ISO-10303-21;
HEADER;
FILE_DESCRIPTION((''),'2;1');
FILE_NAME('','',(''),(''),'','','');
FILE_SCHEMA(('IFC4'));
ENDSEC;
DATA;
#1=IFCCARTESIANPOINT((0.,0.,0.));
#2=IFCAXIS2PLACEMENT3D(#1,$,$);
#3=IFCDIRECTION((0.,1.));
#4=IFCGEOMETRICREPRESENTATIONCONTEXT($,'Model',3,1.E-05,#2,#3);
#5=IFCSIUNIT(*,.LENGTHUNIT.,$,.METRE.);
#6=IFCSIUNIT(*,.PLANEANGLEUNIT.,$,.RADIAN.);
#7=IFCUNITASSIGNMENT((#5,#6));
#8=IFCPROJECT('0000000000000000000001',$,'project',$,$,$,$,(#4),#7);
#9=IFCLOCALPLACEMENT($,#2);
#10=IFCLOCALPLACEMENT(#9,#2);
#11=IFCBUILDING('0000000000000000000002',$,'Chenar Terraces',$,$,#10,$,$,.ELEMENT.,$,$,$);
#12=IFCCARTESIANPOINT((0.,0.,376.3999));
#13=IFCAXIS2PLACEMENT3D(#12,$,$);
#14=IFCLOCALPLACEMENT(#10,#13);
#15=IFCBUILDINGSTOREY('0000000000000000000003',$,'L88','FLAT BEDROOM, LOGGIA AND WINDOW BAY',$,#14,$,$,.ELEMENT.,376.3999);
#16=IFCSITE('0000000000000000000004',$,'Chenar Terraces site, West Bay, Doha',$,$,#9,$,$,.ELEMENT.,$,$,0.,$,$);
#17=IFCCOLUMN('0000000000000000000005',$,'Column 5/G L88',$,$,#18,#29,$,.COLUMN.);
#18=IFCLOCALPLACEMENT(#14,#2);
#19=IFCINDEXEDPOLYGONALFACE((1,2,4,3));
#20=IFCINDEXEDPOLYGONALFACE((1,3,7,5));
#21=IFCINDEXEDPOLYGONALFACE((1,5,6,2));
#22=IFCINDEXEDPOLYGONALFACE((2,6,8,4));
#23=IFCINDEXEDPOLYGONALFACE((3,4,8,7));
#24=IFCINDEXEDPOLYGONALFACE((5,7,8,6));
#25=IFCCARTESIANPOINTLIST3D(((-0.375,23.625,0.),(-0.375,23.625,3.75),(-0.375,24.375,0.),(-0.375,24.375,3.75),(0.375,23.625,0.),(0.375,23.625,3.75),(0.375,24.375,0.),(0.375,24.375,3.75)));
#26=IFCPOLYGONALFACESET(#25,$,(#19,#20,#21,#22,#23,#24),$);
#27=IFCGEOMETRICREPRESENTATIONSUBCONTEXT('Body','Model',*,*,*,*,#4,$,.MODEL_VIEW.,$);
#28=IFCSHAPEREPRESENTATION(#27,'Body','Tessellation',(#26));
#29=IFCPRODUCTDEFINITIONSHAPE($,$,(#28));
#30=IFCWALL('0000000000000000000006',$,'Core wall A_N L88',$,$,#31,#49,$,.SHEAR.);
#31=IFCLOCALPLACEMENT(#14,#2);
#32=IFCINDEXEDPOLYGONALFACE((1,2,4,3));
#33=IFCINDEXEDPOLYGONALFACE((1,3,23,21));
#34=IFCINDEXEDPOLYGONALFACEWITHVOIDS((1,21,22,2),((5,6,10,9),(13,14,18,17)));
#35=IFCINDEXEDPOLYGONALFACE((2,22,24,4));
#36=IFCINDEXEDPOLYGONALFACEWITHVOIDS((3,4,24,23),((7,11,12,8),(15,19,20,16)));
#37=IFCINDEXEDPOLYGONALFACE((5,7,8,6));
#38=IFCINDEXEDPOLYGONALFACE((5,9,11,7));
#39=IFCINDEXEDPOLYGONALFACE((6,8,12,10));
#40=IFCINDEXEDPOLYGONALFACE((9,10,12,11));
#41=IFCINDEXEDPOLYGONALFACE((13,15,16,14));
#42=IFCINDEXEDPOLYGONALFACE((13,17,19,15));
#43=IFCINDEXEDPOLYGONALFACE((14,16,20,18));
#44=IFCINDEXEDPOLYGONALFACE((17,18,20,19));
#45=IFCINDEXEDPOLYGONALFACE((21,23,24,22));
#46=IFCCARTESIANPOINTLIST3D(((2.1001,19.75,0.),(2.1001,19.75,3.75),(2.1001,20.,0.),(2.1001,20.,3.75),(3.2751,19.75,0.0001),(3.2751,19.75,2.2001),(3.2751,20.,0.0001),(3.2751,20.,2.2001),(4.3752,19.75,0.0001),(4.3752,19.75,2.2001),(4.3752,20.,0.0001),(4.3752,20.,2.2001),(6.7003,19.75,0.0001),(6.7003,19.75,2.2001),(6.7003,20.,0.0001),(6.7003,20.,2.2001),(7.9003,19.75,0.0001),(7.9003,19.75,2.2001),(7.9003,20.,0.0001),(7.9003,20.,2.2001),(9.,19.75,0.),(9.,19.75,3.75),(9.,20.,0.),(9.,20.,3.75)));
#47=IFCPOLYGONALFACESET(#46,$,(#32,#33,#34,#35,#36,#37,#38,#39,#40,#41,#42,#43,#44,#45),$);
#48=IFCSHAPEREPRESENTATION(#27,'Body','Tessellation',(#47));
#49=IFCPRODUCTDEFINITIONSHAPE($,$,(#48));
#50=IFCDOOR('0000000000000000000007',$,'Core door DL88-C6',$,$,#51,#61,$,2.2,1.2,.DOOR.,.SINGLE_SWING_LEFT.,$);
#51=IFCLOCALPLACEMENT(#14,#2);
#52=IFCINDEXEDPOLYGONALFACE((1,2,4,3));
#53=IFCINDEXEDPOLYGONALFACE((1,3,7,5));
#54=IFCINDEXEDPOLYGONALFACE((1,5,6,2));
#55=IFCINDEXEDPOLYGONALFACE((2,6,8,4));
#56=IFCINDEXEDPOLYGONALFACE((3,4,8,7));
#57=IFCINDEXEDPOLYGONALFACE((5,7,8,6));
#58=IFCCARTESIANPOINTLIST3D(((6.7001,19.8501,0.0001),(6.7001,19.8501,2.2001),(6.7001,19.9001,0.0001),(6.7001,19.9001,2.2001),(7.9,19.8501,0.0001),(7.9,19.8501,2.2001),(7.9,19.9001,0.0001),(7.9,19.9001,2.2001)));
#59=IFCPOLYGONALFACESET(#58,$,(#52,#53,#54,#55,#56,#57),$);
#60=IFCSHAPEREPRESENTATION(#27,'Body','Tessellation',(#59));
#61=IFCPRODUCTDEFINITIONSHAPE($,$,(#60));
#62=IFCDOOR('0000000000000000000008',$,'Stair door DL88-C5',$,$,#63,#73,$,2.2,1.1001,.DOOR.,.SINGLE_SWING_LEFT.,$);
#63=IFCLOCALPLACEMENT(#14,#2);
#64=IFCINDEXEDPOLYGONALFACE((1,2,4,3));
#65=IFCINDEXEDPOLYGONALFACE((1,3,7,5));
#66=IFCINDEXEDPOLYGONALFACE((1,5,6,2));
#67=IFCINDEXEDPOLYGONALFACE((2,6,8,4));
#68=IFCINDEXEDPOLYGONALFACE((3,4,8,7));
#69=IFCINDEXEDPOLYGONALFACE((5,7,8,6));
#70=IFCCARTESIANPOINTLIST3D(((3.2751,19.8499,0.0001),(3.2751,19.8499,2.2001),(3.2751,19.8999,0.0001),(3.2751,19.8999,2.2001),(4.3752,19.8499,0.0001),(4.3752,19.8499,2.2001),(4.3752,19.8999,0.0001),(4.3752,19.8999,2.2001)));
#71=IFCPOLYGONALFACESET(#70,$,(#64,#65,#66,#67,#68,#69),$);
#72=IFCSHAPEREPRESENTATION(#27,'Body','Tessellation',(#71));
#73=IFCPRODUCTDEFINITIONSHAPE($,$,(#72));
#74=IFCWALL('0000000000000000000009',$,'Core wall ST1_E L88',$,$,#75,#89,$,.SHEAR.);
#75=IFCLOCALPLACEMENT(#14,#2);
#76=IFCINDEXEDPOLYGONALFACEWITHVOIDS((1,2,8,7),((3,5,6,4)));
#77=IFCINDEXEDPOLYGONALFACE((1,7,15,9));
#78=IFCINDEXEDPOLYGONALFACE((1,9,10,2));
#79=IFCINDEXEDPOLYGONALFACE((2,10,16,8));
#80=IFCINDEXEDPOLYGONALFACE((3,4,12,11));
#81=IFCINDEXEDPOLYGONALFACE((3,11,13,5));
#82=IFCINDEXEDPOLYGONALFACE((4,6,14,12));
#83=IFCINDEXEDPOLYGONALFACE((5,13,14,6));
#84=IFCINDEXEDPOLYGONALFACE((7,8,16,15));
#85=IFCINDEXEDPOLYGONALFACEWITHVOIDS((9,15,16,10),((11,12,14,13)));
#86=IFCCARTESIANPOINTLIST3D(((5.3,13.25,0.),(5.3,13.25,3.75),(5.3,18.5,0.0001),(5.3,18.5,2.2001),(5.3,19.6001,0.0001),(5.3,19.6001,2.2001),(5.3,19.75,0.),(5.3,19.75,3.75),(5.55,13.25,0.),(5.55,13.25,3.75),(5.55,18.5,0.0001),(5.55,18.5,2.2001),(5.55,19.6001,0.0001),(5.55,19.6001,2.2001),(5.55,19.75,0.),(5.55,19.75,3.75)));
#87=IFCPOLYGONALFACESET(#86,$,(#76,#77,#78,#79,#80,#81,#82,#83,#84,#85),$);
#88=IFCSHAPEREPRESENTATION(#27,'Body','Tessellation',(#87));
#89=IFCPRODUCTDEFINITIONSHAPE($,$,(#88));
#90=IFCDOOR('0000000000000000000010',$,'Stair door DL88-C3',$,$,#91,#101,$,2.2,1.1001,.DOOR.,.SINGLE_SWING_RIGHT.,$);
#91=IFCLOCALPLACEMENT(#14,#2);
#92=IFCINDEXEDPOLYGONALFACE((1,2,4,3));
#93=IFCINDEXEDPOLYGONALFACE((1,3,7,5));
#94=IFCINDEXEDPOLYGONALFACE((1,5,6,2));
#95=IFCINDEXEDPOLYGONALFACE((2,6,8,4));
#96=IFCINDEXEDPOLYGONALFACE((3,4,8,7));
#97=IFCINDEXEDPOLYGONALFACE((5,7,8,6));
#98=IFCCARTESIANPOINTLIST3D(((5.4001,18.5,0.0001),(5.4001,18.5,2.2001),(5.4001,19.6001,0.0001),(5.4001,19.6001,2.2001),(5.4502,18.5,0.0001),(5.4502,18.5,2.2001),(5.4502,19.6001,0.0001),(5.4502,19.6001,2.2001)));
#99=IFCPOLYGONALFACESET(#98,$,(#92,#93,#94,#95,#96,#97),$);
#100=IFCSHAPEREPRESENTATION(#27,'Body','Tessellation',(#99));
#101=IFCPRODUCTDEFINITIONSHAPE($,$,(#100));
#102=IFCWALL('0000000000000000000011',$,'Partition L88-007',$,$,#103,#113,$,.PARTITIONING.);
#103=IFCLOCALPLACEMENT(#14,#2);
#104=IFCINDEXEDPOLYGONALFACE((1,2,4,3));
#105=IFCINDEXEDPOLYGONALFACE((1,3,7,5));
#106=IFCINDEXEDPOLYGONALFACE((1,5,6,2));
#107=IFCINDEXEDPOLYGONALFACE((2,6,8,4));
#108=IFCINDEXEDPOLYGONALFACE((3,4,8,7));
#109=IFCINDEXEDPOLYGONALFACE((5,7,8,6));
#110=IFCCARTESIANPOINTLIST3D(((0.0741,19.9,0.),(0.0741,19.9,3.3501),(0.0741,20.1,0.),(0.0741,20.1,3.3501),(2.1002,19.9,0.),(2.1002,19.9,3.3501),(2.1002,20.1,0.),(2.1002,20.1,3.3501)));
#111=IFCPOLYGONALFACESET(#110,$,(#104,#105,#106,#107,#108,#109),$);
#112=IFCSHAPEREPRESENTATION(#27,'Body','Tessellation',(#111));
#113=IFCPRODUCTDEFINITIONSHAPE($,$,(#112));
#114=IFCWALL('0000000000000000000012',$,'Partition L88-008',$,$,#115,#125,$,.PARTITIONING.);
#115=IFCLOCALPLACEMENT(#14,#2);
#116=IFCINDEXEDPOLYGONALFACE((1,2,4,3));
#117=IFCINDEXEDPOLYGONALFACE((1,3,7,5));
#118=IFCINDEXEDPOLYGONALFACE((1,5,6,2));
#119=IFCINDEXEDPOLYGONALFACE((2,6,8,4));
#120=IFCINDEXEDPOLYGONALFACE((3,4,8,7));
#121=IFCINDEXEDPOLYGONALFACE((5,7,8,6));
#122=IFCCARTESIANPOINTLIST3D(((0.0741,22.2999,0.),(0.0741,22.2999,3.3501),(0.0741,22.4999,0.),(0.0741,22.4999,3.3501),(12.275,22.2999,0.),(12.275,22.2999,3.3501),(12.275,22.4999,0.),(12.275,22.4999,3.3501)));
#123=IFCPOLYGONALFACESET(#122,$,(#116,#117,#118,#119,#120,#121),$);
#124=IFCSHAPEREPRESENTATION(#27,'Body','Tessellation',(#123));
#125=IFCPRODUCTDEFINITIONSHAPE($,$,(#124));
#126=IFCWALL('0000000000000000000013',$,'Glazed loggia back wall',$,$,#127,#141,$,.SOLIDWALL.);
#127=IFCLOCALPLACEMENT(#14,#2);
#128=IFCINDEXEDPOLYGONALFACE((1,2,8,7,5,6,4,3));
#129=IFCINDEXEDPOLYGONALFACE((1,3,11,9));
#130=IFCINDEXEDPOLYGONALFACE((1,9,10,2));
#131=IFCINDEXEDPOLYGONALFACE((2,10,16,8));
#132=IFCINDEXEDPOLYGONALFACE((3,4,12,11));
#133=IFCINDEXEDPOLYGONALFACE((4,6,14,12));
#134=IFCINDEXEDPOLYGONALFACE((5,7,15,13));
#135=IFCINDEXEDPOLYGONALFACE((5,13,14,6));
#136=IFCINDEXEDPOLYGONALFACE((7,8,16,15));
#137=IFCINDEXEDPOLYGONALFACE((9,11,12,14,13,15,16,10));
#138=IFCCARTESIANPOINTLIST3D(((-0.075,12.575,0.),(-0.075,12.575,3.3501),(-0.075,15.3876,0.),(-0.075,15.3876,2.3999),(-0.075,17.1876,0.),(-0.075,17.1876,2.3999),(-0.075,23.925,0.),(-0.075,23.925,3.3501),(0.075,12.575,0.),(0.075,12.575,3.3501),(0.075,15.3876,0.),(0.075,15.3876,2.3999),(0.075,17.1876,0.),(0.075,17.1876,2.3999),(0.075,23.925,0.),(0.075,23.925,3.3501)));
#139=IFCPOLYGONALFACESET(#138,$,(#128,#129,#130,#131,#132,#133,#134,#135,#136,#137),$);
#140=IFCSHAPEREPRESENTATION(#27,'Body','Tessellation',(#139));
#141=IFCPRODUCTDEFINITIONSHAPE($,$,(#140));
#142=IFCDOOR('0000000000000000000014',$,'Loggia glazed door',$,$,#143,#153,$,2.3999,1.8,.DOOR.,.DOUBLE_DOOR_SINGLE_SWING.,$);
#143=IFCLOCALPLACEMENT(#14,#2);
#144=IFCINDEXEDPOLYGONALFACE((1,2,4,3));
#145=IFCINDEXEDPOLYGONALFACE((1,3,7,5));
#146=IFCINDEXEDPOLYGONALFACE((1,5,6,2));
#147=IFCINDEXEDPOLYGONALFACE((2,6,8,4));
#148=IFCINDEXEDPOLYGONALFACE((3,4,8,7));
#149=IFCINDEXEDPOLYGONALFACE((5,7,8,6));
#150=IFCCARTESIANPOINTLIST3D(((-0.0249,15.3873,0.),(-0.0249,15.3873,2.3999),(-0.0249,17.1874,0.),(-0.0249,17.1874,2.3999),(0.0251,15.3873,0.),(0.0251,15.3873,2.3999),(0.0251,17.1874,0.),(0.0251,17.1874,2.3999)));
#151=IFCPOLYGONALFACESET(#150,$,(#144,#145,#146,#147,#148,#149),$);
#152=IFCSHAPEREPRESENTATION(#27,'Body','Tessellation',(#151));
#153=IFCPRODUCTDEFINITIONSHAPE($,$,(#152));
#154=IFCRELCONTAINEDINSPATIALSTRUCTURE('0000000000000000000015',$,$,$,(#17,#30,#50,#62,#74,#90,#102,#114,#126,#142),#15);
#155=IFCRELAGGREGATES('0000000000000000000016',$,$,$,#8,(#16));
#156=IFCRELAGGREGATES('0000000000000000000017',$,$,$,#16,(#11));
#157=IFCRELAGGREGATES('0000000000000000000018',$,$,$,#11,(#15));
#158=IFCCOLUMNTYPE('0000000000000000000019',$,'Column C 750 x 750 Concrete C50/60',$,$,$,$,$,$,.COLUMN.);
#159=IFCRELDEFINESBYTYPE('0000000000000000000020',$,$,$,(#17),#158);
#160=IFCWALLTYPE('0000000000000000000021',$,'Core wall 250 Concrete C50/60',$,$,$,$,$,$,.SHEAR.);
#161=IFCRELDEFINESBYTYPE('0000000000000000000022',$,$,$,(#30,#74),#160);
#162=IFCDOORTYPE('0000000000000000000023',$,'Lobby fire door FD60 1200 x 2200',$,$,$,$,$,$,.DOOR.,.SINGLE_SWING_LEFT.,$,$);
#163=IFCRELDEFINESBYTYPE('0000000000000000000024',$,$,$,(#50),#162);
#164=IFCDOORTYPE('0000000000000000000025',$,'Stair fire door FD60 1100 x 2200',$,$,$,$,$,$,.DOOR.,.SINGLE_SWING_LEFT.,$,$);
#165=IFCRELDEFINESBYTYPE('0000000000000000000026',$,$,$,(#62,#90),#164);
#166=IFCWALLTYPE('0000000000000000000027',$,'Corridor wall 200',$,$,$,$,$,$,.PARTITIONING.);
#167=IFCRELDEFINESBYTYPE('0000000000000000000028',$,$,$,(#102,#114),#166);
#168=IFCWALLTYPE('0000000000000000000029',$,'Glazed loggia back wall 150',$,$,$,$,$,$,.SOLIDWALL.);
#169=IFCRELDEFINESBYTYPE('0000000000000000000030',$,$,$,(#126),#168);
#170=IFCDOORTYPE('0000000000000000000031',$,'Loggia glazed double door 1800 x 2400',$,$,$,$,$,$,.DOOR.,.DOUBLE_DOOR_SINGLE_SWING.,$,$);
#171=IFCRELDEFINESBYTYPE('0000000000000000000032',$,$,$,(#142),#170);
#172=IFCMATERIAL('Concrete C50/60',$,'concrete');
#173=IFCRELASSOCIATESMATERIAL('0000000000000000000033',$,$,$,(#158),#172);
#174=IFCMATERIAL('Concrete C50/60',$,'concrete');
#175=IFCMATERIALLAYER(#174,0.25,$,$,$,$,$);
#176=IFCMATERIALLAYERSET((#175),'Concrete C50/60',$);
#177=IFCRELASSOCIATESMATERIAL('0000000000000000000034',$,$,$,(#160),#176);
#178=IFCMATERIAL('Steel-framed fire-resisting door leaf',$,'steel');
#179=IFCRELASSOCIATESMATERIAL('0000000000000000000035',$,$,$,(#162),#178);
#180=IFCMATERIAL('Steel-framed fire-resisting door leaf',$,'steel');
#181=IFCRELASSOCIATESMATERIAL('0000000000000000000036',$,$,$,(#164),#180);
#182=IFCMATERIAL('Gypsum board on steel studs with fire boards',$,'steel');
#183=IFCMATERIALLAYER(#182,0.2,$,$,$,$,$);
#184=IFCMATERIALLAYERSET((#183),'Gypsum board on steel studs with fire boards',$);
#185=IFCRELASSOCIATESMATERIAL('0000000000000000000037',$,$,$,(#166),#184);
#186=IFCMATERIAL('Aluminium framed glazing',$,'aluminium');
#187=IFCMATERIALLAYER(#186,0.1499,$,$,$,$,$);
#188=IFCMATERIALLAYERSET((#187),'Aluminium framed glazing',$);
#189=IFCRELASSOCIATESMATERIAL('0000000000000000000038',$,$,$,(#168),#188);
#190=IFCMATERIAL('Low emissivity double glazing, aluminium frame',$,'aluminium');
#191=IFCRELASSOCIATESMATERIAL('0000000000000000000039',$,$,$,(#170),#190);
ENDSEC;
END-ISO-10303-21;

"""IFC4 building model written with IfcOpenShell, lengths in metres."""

from ifc_helpers import new_model, si_unit, direction, frame, frame_2d, origin, origin_2d, place, context, subcontext, project, spatial, rectangle, extrude, material, layer, layer_set, material_profile, profile_set, type_object, element, fill, save


model = new_model("IFC4")

# Units and contexts
model_context = context("Model", 3, precision=1e-05, world=origin(), true_north=direction((0.0, 1.0)))
body_context = subcontext(model_context, "Body", "Model", "MODEL_VIEW")
ifc_project = project(units=[si_unit("LENGTHUNIT", "METRE"), si_unit("PLANEANGLEUNIT", "RADIAN")], contexts=[model_context])

# Site, building, storey
site_placement = place(None, origin())
site = spatial("IfcSite", under=ifc_project, at=site_placement, Name="Chenar Terraces site, West Bay, Doha", CompositionType="ELEMENT", RefElevation=0.0)
building_placement = place(site_placement, origin())
building = spatial("IfcBuilding", under=site, at=building_placement, Name="Chenar Terraces", CompositionType="ELEMENT")
storey_placement = place(building_placement, frame((0.0, 0.0, 376.3999)))
storey = spatial("IfcBuildingStorey", under=building, at=storey_placement, Name="L88", Description="FLAT BEDROOM, LOGGIA AND WINDOW BAY", CompositionType="ELEMENT", Elevation=376.3999)

# Column
ifc_material_1 = material(Name="Concrete C50/60", Category="concrete")
ifc_material_profile_1 = material_profile(ifc_material_1, rectangle(XDim=0.75, YDim=0.75, at=origin_2d()), Name="C 750 x 750")
ifc_profile_set_1 = profile_set([ifc_material_profile_1], Name="Concrete C50/60")
column_type = type_object("IfcColumnType", Name="Column C 750 x 750 Concrete C50/60", PredefinedType="COLUMN", material=ifc_profile_set_1)
column_placement = place(storey_placement, frame((0.0, 24.0, 0.0), z_axis=(0.0, 0.0, 1.0), x_axis=(1.0, 0.0, 0.0)))
element("IfcColumn", 1, at=column_placement, inside=storey, type_object=column_type, Name="Column 5/G L88", PredefinedType="COLUMN", context=body_context, shape_type="SweptSolid", body=[
    extrude(rectangle(XDim=0.75, YDim=0.75, at=origin_2d()), origin(), (0.0, 0.0, 1.0), 3.75),
])

# Wall, openings, doors
ifc_material_2 = material(Name="Concrete C50/60", Category="concrete")
ifc_layer_1 = layer(ifc_material_2, 0.25)
ifc_layer_set_1 = layer_set([ifc_layer_1], Name="Concrete C50/60")
wall_type_1 = type_object("IfcWallType", Name="Core wall 250 Concrete C50/60", PredefinedType="SHEAR", material=ifc_layer_set_1)
wall_1_placement = place(storey_placement, frame((2.1001, 19.875, 0.0), z_axis=(0.0, 0.0, 1.0), x_axis=(1.0, 0.0, 0.0)))
wall_1 = element("IfcWall", 2, at=wall_1_placement, inside=storey, type_object=wall_type_1, Name="Core wall A_N L88", PredefinedType="SHEAR", context=body_context, shape_type="SweptSolid", body=[
    extrude(rectangle(XDim=6.8999, YDim=0.25, at=frame_2d((3.45, 0.0))), origin(), (0.0, 0.0, 1.0), 3.75),
])
opening_1_placement = place(wall_1_placement, frame((1.175, 0.0, 0.0)))
opening_1 = element("IfcOpeningElement", 3, at=opening_1_placement, cuts=wall_1, PredefinedType="OPENING", context=body_context, shape_type="SweptSolid", body=[
    extrude(rectangle(XDim=1.1001, YDim=2.2, at=frame_2d((0.55, 1.1001))), frame((0.0, 0.135, 0.0), z_axis=(0.0, -1.0, 0.0), x_axis=(1.0, 0.0, 0.0)), (0.0, 0.0, 1.0), 0.27),
])
opening_2_placement = place(wall_1_placement, frame((4.6001, 0.0, 0.0)))
opening_2 = element("IfcOpeningElement", 4, at=opening_2_placement, cuts=wall_1, PredefinedType="OPENING", context=body_context, shape_type="SweptSolid", body=[
    extrude(rectangle(XDim=1.2, YDim=2.2, at=frame_2d((0.6001, 1.1001))), frame((0.0, 0.135, 0.0), z_axis=(0.0, -1.0, 0.0), x_axis=(1.0, 0.0, 0.0)), (0.0, 0.0, 1.0), 0.27),
])
ifc_material_3 = material(Name="Steel-framed fire-resisting door leaf", Category="steel")
door_type_1 = type_object("IfcDoorType", Name="Lobby fire door FD60 1200 x 2200", OperationType="SINGLE_SWING_LEFT", PredefinedType="DOOR", material=ifc_material_3)
door_1_placement = place(opening_2_placement, frame((1.2, 0.0, 0.0), z_axis=(0.0, 0.0, 1.0), x_axis=(-1.0, 0.0, 0.0)))
door_1 = element("IfcDoor", 5, at=door_1_placement, inside=storey, type_object=door_type_1, Name="Core door DL88-C6", OperationType="SINGLE_SWING_LEFT", OverallHeight=2.2, OverallWidth=1.2, PredefinedType="DOOR", context=body_context, shape_type="SweptSolid", body=[
    extrude(rectangle(XDim=1.2, YDim=2.2, at=frame_2d((0.6001, 1.1001))), frame((0.0, 0.0249, 0.0), z_axis=(0.0, -1.0, 0.0), x_axis=(1.0, 0.0, 0.0)), (0.0, 0.0, 1.0), 0.05),
])
fill(opening_2, door_1)
ifc_material_4 = material(Name="Steel-framed fire-resisting door leaf", Category="steel")
door_type_2 = type_object("IfcDoorType", Name="Stair fire door FD60 1100 x 2200", OperationType="SINGLE_SWING_LEFT", PredefinedType="DOOR", material=ifc_material_4)
door_2_placement = place(opening_1_placement, origin())
door_2 = element("IfcDoor", 6, at=door_2_placement, inside=storey, type_object=door_type_2, Name="Stair door DL88-C5", OperationType="SINGLE_SWING_LEFT", OverallHeight=2.2, OverallWidth=1.1001, PredefinedType="DOOR", context=body_context, shape_type="SweptSolid", body=[
    extrude(rectangle(XDim=1.1001, YDim=2.2, at=frame_2d((0.55, 1.1001))), frame((0.0, 0.0249, 0.0), z_axis=(0.0, -1.0, 0.0), x_axis=(1.0, 0.0, 0.0)), (0.0, 0.0, 1.0), 0.05),
])
fill(opening_1, door_2)

# Wall, opening, door
wall_2_placement = place(storey_placement, frame((5.425, 13.25, 0.0), z_axis=(0.0, 0.0, 1.0), x_axis=(0.0, 1.0, 0.0)))
wall_2 = element("IfcWall", 7, at=wall_2_placement, inside=storey, type_object=wall_type_1, Name="Core wall ST1_E L88", PredefinedType="SHEAR", context=body_context, shape_type="SweptSolid", body=[
    extrude(rectangle(XDim=6.5, YDim=0.25, at=frame_2d((3.25, 0.0))), origin(), (0.0, 0.0, 1.0), 3.75),
])
opening_3_placement = place(wall_2_placement, frame((5.25, 0.0, 0.0)))
opening_3 = element("IfcOpeningElement", 8, at=opening_3_placement, cuts=wall_2, PredefinedType="OPENING", context=body_context, shape_type="SweptSolid", body=[
    extrude(rectangle(XDim=1.1001, YDim=2.2, at=frame_2d((0.55, 1.1001))), frame((0.0, 0.135, 0.0), z_axis=(0.0, -1.0, 0.0), x_axis=(1.0, 0.0, 0.0)), (0.0, 0.0, 1.0), 0.27),
])
door_3_placement = place(opening_3_placement, origin())
door_3 = element("IfcDoor", 9, at=door_3_placement, inside=storey, type_object=door_type_2, Name="Stair door DL88-C3", OperationType="SINGLE_SWING_RIGHT", OverallHeight=2.2, OverallWidth=1.1001, PredefinedType="DOOR", context=body_context, shape_type="SweptSolid", body=[
    extrude(rectangle(XDim=1.1001, YDim=2.2, at=frame_2d((0.55, 1.1001))), frame((0.0, 0.0249, 0.0), z_axis=(0.0, -1.0, 0.0), x_axis=(1.0, 0.0, 0.0)), (0.0, 0.0, 1.0), 0.05),
])
fill(opening_3, door_3)

# Walls
ifc_material_5 = material(Name="Gypsum board on steel studs with fire boards", Category="steel")
ifc_layer_2 = layer(ifc_material_5, 0.2)
ifc_layer_set_2 = layer_set([ifc_layer_2], Name="Gypsum board on steel studs with fire boards")
wall_type_2 = type_object("IfcWallType", Name="Corridor wall 200", PredefinedType="PARTITIONING", material=ifc_layer_set_2)
wall_3_placement = place(storey_placement, frame((0.074, 20.0, 0.0), z_axis=(0.0, 0.0, 1.0), x_axis=(1.0, 0.0, 0.0)))
element("IfcWall", 10, at=wall_3_placement, inside=storey, type_object=wall_type_2, Name="Partition L88-007", PredefinedType="PARTITIONING", context=body_context, shape_type="SweptSolid", body=[
    extrude(rectangle(XDim=2.0261, YDim=0.2, at=frame_2d((1.0132, 0.0))), origin(), (0.0, 0.0, 1.0), 3.3501),
])
wall_4_placement = place(storey_placement, frame((0.074, 22.3999, 0.0), z_axis=(0.0, 0.0, 1.0), x_axis=(1.0, 0.0, 0.0)))
element("IfcWall", 11, at=wall_4_placement, inside=storey, type_object=wall_type_2, Name="Partition L88-008", PredefinedType="PARTITIONING", context=body_context, shape_type="SweptSolid", body=[
    extrude(rectangle(XDim=12.2009, YDim=0.2, at=frame_2d((6.1006, 0.0))), origin(), (0.0, 0.0, 1.0), 3.3501),
])

# Wall, opening, door
ifc_material_6 = material(Name="Aluminium framed glazing", Category="aluminium")
ifc_layer_3 = layer(ifc_material_6, 0.1499)
ifc_layer_set_3 = layer_set([ifc_layer_3], Name="Aluminium framed glazing")
wall_type_3 = type_object("IfcWallType", Name="Glazed loggia back wall 150", PredefinedType="SOLIDWALL", material=ifc_layer_set_3)
wall_5_placement = place(storey_placement, frame((0.0, 23.925, 0.0), z_axis=(0.0, 0.0, 1.0), x_axis=(0.0, -1.0, 0.0)))
wall_5 = element("IfcWall", 12, at=wall_5_placement, inside=storey, type_object=wall_type_3, Name="Glazed loggia back wall", PredefinedType="SOLIDWALL", context=body_context, shape_type="SweptSolid", body=[
    extrude(rectangle(XDim=11.3501, YDim=0.1499, at=frame_2d((5.675, 0.0))), origin(), (0.0, 0.0, 1.0), 3.3501),
])
opening_4_placement = place(wall_5_placement, frame((6.7375, 0.0, 0.0)))
opening_4 = element("IfcOpeningElement", 13, at=opening_4_placement, cuts=wall_5, PredefinedType="OPENING", context=body_context, shape_type="SweptSolid", body=[
    extrude(rectangle(XDim=1.8, YDim=2.3999, at=frame_2d((0.8999, 1.2))), frame((0.0, 0.085, 0.0), z_axis=(0.0, -1.0, 0.0), x_axis=(1.0, 0.0, 0.0)), (0.0, 0.0, 1.0), 0.1699),
])
ifc_material_7 = material(Name="Low emissivity double glazing, aluminium frame", Category="aluminium")
door_type_3 = type_object("IfcDoorType", Name="Loggia glazed double door 1800 x 2400", OperationType="DOUBLE_DOOR_SINGLE_SWING", PredefinedType="DOOR", material=ifc_material_7)
door_4_placement = place(opening_4_placement, frame((1.8, 0.0, 0.0), z_axis=(0.0, 0.0, 1.0), x_axis=(-1.0, 0.0, 0.0)))
door_4 = element("IfcDoor", 14, at=door_4_placement, inside=storey, type_object=door_type_3, Name="Loggia glazed door", OperationType="DOUBLE_DOOR_SINGLE_SWING", OverallHeight=2.3999, OverallWidth=1.8, PredefinedType="DOOR", context=body_context, shape_type="SweptSolid", body=[
    extrude(rectangle(XDim=1.8, YDim=2.3999, at=frame_2d((0.8999, 1.2))), frame((0.0, 0.0249, 0.0), z_axis=(0.0, -1.0, 0.0), x_axis=(1.0, 0.0, 0.0)), (0.0, 0.0, 1.0), 0.05),
])
fill(opening_4, door_4)

save(model, "model.ifc")
